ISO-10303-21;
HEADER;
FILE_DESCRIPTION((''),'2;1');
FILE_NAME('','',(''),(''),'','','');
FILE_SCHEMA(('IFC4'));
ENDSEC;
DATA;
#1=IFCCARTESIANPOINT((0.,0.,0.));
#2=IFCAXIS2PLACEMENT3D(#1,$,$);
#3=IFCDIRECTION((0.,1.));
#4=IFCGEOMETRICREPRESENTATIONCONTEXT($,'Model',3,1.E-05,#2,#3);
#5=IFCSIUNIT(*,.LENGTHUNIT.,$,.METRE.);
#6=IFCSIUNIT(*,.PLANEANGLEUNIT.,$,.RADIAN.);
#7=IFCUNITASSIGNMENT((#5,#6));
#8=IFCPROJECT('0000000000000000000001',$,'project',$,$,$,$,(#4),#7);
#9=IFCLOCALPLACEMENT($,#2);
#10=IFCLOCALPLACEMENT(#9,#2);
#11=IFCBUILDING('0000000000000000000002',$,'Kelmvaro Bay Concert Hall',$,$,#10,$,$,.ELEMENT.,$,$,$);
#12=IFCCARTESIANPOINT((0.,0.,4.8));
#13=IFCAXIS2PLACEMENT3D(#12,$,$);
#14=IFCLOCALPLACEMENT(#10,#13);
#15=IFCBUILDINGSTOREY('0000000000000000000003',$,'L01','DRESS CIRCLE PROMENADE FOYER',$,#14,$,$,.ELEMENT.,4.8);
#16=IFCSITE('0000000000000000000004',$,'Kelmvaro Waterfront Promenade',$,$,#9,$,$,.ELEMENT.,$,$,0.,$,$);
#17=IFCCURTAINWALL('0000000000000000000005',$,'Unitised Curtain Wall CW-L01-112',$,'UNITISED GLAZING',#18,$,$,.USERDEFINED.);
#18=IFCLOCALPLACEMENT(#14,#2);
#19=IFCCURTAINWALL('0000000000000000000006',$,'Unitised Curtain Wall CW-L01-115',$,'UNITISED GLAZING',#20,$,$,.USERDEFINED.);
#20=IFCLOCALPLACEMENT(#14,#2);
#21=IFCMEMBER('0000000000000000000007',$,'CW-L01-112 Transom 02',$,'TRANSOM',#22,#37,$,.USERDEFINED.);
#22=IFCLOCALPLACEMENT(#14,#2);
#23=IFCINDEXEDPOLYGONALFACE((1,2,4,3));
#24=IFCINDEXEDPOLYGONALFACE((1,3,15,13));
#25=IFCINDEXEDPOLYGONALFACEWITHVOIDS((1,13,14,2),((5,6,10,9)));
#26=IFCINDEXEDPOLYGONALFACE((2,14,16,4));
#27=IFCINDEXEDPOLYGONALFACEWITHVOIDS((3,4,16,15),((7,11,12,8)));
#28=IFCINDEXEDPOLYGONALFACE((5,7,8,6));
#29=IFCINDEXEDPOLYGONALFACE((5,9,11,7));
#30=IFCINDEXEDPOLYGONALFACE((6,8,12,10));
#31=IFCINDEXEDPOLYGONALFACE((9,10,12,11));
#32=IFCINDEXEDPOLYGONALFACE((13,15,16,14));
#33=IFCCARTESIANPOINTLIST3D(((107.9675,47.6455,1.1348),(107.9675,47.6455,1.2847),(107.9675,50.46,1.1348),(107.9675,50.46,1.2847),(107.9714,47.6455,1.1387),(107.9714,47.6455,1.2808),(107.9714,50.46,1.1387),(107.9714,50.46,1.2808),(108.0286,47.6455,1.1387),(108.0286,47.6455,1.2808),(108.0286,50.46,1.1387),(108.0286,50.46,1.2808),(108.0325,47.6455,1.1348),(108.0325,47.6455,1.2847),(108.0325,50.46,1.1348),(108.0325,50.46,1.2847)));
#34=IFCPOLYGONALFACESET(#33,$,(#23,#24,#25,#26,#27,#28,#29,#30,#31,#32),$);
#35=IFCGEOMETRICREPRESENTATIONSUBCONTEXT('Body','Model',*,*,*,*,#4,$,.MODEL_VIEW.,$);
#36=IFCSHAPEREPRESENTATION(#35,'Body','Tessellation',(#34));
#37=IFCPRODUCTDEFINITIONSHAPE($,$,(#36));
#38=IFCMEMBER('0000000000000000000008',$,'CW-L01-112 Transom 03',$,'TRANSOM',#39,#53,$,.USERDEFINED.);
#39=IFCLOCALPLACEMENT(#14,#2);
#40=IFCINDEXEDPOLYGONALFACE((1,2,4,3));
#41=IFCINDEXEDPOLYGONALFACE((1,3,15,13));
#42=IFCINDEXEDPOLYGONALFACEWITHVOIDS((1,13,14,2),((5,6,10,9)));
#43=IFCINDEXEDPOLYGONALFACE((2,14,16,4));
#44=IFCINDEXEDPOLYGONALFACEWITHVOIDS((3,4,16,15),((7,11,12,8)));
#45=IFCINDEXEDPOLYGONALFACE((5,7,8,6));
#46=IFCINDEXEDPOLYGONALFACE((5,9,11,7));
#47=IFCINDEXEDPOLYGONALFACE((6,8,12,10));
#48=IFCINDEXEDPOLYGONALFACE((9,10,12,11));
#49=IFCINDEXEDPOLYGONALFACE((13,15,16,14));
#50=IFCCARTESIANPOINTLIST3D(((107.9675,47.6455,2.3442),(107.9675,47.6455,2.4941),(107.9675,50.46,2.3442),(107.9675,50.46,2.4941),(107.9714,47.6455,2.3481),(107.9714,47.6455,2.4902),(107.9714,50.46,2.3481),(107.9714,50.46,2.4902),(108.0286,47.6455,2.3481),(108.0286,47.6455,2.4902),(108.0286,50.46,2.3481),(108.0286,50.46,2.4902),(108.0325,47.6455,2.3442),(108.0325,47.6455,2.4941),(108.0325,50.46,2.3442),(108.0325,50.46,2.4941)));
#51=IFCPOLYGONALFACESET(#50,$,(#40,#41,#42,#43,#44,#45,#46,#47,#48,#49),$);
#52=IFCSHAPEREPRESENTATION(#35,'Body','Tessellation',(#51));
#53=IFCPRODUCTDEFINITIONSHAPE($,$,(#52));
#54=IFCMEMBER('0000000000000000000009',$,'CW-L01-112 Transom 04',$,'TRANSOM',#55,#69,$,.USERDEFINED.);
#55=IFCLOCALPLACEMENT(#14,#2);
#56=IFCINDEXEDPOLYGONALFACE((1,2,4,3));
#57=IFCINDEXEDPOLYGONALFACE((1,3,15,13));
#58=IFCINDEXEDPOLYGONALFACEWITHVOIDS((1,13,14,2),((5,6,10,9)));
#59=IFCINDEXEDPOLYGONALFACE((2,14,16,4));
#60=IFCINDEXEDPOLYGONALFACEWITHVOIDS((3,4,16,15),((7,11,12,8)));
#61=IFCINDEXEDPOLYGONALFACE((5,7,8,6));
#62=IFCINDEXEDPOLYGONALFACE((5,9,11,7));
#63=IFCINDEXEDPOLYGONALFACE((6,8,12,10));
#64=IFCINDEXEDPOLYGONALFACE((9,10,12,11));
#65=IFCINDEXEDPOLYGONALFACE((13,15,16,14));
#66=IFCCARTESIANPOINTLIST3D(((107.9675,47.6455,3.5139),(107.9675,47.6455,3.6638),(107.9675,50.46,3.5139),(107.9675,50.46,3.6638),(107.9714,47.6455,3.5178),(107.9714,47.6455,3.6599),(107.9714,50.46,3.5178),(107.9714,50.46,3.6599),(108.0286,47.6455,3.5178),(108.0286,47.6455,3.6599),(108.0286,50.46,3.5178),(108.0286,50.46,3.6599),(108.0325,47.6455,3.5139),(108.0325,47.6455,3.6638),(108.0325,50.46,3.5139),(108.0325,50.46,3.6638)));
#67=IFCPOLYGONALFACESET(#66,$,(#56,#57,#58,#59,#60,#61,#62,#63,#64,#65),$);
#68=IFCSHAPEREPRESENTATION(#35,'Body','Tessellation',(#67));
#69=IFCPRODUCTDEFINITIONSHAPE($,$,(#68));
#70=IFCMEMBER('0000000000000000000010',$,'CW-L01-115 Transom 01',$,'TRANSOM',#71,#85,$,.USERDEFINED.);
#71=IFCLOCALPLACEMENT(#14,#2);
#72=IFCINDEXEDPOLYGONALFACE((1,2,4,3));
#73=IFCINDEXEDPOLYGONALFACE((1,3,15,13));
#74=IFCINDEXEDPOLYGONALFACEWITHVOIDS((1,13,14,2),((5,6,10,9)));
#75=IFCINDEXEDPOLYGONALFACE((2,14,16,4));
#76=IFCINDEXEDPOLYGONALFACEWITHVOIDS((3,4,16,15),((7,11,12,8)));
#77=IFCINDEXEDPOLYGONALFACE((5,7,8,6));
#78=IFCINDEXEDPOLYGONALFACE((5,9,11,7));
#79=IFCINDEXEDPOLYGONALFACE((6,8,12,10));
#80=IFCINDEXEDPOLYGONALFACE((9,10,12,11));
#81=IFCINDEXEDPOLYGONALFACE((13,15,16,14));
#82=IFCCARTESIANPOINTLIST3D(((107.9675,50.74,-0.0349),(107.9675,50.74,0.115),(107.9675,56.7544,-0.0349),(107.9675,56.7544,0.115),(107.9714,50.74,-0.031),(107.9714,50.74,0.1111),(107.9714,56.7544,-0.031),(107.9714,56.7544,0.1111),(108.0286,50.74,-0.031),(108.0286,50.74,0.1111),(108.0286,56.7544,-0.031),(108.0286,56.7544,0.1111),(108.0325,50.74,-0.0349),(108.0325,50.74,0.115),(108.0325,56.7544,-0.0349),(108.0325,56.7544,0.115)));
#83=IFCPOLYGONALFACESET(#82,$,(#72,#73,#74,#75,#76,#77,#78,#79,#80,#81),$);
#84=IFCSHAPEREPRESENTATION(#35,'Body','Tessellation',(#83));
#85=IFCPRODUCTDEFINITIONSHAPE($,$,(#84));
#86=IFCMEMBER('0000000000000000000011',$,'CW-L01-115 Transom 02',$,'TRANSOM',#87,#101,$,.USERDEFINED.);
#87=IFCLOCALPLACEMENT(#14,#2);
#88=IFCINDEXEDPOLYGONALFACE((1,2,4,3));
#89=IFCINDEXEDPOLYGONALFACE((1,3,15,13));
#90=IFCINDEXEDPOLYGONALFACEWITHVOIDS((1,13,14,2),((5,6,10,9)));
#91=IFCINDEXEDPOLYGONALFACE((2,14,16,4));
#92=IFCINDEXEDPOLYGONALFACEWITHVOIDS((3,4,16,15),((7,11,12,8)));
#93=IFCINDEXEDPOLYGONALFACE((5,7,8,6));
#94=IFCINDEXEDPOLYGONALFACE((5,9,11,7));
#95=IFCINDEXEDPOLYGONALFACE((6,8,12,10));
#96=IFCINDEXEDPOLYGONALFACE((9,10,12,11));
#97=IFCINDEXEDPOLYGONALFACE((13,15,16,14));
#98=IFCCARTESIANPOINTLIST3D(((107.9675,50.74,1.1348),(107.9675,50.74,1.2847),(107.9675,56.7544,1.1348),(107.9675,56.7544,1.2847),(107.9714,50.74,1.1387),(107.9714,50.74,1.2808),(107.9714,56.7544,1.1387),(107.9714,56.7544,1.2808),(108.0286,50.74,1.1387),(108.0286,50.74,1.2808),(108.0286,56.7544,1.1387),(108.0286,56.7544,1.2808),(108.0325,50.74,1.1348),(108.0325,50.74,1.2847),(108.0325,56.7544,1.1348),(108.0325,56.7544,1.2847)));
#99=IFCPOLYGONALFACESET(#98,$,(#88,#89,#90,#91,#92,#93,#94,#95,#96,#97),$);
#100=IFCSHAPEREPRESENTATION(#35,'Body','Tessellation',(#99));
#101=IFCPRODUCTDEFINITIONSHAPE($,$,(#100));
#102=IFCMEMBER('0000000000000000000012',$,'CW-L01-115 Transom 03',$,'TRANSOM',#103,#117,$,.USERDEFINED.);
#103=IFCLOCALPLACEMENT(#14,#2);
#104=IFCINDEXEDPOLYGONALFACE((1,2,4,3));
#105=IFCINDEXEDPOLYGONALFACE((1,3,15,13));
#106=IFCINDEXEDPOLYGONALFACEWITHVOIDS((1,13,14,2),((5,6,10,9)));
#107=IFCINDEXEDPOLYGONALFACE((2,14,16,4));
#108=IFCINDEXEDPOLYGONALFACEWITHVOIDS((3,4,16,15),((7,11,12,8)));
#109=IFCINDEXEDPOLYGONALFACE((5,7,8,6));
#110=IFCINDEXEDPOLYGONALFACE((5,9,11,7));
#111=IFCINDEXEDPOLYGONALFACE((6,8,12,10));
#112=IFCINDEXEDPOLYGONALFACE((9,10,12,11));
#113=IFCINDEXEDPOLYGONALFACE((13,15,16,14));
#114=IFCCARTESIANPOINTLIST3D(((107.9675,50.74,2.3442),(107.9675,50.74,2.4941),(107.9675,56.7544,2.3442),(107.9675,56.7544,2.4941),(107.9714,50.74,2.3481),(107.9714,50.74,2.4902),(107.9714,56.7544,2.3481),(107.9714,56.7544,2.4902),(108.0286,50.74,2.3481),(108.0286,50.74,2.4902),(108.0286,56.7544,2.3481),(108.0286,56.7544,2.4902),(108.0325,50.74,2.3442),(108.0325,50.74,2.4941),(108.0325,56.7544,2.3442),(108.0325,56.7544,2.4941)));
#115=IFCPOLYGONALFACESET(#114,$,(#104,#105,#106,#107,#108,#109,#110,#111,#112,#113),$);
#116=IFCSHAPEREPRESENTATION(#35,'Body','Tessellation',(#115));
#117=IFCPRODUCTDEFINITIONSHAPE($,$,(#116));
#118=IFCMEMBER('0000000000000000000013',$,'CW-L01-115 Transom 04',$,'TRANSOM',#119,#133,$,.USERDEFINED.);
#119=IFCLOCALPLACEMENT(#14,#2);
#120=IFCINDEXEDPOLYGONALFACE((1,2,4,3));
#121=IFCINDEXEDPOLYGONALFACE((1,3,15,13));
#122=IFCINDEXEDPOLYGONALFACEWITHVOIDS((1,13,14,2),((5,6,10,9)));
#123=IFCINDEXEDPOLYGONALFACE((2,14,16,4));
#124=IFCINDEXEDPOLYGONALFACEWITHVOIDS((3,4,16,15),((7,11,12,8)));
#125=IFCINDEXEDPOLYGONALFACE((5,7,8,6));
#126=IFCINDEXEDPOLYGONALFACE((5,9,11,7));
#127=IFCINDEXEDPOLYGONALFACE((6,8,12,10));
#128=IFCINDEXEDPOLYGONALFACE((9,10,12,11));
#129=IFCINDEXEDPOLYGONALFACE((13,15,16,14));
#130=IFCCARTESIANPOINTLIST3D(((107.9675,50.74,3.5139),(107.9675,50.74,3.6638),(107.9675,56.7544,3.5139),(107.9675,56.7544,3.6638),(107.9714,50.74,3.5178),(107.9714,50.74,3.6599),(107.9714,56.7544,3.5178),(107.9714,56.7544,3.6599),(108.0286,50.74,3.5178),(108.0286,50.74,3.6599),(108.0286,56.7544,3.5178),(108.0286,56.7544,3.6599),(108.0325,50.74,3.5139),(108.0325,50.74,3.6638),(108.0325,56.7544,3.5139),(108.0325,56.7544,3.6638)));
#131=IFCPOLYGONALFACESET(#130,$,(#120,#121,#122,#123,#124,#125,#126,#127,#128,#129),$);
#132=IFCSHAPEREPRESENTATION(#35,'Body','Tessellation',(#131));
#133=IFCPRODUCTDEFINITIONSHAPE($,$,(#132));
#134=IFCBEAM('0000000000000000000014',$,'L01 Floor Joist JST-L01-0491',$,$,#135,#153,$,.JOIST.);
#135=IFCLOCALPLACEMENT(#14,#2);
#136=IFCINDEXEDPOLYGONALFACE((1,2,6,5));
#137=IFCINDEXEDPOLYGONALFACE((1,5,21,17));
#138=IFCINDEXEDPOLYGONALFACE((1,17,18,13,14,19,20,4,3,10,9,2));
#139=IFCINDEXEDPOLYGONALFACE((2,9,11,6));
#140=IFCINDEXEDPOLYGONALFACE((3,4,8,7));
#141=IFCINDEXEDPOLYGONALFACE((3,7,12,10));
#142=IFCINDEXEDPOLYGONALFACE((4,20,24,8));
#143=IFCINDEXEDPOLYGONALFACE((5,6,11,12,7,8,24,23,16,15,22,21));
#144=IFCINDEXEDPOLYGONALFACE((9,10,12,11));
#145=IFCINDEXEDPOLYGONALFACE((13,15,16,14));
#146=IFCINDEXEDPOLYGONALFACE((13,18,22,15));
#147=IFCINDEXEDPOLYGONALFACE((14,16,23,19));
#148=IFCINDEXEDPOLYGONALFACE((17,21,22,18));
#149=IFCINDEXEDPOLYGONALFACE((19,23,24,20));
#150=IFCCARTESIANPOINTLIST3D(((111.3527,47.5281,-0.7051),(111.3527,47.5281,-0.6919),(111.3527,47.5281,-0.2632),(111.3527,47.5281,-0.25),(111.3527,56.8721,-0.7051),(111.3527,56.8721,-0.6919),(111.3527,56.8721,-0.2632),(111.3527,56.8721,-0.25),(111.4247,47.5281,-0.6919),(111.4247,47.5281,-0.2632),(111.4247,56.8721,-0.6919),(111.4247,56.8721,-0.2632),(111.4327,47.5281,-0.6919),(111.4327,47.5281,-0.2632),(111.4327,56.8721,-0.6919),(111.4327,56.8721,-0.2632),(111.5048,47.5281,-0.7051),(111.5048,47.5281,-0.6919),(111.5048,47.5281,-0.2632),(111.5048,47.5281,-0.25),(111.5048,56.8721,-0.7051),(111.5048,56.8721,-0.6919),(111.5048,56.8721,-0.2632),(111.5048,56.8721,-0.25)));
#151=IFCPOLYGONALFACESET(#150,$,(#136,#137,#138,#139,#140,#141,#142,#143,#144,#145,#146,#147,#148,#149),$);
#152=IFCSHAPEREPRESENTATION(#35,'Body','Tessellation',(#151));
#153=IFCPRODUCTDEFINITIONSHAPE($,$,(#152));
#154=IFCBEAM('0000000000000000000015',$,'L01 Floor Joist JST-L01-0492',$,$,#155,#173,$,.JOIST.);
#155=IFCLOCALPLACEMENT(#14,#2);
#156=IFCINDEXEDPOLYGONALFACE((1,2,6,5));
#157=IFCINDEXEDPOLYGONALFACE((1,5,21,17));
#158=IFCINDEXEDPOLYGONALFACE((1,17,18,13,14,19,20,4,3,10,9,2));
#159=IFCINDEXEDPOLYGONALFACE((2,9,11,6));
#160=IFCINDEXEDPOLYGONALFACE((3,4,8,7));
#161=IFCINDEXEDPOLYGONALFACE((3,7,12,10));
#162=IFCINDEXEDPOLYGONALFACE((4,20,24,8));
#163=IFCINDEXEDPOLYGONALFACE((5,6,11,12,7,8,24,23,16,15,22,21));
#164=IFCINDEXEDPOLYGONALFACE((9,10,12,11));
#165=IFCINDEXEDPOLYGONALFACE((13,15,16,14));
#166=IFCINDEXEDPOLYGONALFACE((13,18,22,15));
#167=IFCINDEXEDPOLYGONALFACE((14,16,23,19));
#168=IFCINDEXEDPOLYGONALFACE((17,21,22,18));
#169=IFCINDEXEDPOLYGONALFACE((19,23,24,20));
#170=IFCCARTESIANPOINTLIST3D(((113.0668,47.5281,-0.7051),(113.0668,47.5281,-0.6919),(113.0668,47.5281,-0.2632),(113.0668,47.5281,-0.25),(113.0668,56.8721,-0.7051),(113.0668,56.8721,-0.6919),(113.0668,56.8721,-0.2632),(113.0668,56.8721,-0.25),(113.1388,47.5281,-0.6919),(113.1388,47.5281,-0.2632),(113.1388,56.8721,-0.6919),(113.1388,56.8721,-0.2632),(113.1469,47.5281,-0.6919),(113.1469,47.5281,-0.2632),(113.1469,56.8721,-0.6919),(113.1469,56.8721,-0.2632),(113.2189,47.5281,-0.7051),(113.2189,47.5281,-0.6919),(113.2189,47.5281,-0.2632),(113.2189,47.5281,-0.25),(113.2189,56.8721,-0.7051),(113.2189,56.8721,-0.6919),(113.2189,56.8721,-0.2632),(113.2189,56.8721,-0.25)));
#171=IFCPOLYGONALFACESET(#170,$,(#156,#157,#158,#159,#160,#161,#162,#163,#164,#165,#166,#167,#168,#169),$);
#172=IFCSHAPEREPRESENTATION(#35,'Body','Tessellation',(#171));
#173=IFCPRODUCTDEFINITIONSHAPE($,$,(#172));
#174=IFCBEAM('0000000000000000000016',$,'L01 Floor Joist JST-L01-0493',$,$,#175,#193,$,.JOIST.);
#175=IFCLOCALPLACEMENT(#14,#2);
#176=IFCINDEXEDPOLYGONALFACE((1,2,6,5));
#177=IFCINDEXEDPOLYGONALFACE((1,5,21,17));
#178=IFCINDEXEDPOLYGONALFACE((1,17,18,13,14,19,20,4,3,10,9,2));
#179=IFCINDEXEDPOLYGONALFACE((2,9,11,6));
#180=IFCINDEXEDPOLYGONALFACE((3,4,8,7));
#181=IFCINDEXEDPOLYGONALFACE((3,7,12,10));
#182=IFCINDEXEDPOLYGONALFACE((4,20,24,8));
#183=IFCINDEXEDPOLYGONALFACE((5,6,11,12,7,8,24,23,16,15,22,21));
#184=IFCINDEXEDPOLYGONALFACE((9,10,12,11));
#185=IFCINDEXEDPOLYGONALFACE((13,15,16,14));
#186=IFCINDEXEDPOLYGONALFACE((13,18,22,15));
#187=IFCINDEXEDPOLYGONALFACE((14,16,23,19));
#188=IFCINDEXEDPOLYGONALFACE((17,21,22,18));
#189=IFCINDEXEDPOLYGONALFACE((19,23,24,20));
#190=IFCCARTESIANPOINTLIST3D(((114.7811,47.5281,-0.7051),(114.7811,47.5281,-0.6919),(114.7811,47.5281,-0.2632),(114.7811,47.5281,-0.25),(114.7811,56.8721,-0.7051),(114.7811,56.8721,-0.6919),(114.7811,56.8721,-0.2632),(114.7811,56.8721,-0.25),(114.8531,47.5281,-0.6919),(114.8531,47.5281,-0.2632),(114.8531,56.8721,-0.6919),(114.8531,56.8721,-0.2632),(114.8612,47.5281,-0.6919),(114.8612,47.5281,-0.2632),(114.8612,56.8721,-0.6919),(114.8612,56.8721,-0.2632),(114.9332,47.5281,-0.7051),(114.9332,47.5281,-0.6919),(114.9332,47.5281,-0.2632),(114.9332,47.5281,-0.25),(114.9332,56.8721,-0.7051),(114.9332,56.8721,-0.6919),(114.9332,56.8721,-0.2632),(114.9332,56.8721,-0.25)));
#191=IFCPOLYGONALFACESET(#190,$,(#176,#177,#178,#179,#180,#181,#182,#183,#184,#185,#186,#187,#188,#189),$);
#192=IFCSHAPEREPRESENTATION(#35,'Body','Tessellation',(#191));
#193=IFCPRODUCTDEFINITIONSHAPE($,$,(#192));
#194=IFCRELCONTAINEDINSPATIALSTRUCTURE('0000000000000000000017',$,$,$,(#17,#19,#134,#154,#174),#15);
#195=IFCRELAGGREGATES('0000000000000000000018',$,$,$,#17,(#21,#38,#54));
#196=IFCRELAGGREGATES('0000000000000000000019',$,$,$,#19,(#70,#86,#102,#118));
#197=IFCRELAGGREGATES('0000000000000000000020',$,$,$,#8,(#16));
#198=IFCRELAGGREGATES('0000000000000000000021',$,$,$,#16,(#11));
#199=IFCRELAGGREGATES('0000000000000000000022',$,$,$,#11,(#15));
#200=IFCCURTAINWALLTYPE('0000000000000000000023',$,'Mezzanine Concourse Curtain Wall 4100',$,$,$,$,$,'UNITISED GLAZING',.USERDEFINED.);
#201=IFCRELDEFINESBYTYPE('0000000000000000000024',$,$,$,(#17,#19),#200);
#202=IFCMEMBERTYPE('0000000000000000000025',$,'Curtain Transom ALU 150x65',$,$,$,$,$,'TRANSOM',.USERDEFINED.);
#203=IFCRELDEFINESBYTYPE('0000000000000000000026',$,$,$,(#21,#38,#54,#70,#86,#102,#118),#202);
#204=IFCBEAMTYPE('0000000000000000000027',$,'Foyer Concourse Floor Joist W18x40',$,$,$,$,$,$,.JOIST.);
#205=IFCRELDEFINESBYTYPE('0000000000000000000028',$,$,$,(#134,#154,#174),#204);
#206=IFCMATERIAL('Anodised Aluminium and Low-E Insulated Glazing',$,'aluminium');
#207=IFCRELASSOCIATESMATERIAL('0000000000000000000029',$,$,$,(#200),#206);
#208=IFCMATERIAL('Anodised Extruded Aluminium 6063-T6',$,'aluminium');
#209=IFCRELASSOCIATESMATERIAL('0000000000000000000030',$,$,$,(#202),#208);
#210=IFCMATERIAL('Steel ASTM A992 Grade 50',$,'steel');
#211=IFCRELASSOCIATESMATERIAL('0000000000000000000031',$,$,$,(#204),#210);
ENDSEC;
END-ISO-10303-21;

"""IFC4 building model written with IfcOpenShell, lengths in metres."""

from ifc_helpers import new_model, si_unit, direction, frame, origin, origin_2d, place, context, subcontext, project, spatial, hollow_rectangle, i_section, extrude, material, material_profile, profile_set, type_object, element, aggregate, save


model = new_model("IFC4")

# Units and contexts
model_context = context("Model", 3, precision=1e-05, world=origin(), true_north=direction((0.0, 1.0)))
body_context = subcontext(model_context, "Body", "Model", "MODEL_VIEW")
ifc_project = project(units=[si_unit("LENGTHUNIT", "METRE"), si_unit("PLANEANGLEUNIT", "RADIAN")], contexts=[model_context])

# Site, building, storey
site_placement = place(None, origin())
site = spatial("IfcSite", under=ifc_project, at=site_placement, Name="Kelmvaro Waterfront Promenade", CompositionType="ELEMENT", RefElevation=0.0)
building_placement = place(site_placement, origin())
building = spatial("IfcBuilding", under=site, at=building_placement, Name="Kelmvaro Bay Concert Hall", CompositionType="ELEMENT")
storey_placement = place(building_placement, frame((0.0, 0.0, 4.8)))
storey = spatial("IfcBuildingStorey", under=building, at=storey_placement, Name="L01", Description="DRESS CIRCLE PROMENADE FOYER", CompositionType="ELEMENT", Elevation=4.8)

# Curtain walls
ifc_material_1 = material(Name="Anodised Aluminium and Low-E Insulated Glazing", Category="aluminium")
curtain_wall_type = type_object("IfcCurtainWallType", Name="Mezzanine Concourse Curtain Wall 4100", ElementType="UNITISED GLAZING", PredefinedType="USERDEFINED", material=ifc_material_1)
curtain_wall_1_placement = place(storey_placement, origin())
curtain_wall_1 = element("IfcCurtainWall", 1, at=curtain_wall_1_placement, inside=storey, type_object=curtain_wall_type, Name="Unitised Curtain Wall CW-L01-112", ObjectType="UNITISED GLAZING", PredefinedType="USERDEFINED")
curtain_wall_2_placement = place(storey_placement, origin())
curtain_wall_2 = element("IfcCurtainWall", 2, at=curtain_wall_2_placement, inside=storey, type_object=curtain_wall_type, Name="Unitised Curtain Wall CW-L01-115", ObjectType="UNITISED GLAZING", PredefinedType="USERDEFINED")

# Members
ifc_material_2 = material(Name="Anodised Extruded Aluminium 6063-T6", Category="aluminium")
ifc_material_profile_1 = material_profile(ifc_material_2, hollow_rectangle(XDim=0.0649, YDim=0.1499, WallThickness=0.0039, at=origin_2d()), Name="ALU-TRN-150X65")
ifc_profile_set_1 = profile_set([ifc_material_profile_1], Name="Anodised Extruded Aluminium 6063-T6")
member_type_1 = type_object("IfcMemberType", Name="Curtain Transom ALU 150x65", ElementType="TRANSOM", PredefinedType="USERDEFINED", material=ifc_profile_set_1)
member_1_placement = place(storey_placement, frame((108.0, 47.6455, 1.2097), z_axis=(0.0, 1.0, 0.0), x_axis=(-1.0, 0.0, 0.0)))
member_1 = element("IfcMember", 3, at=member_1_placement, type_object=member_type_1, Name="CW-L01-112 Transom 02", ObjectType="TRANSOM", PredefinedType="USERDEFINED", context=body_context, shape_type="SweptSolid", body=[
    extrude(hollow_rectangle(XDim=0.0649, YDim=0.1499, WallThickness=0.0039, at=origin_2d()), origin(), (0.0, 0.0, 1.0), 2.8145),
])
member_2_placement = place(storey_placement, frame((108.0, 47.6455, 2.4192), z_axis=(0.0, 1.0, 0.0), x_axis=(-1.0, 0.0, 0.0)))
member_2 = element("IfcMember", 4, at=member_2_placement, type_object=member_type_1, Name="CW-L01-112 Transom 03", ObjectType="TRANSOM", PredefinedType="USERDEFINED", context=body_context, shape_type="SweptSolid", body=[
    extrude(hollow_rectangle(XDim=0.0649, YDim=0.1499, WallThickness=0.0039, at=origin_2d()), origin(), (0.0, 0.0, 1.0), 2.8145),
])
member_3_placement = place(storey_placement, frame((108.0, 47.6455, 3.5889), z_axis=(0.0, 1.0, 0.0), x_axis=(-1.0, 0.0, 0.0)))
member_3 = element("IfcMember", 5, at=member_3_placement, type_object=member_type_1, Name="CW-L01-112 Transom 04", ObjectType="TRANSOM", PredefinedType="USERDEFINED", context=body_context, shape_type="SweptSolid", body=[
    extrude(hollow_rectangle(XDim=0.0649, YDim=0.1499, WallThickness=0.0039, at=origin_2d()), origin(), (0.0, 0.0, 1.0), 2.8145),
])
member_4_placement = place(storey_placement, frame((108.0, 50.74, 0.04), z_axis=(0.0, 1.0, 0.0), x_axis=(-1.0, 0.0, 0.0)))
member_4 = element("IfcMember", 6, at=member_4_placement, type_object=member_type_1, Name="CW-L01-115 Transom 01", ObjectType="TRANSOM", PredefinedType="USERDEFINED", context=body_context, shape_type="SweptSolid", body=[
    extrude(hollow_rectangle(XDim=0.0649, YDim=0.1499, WallThickness=0.0039, at=origin_2d()), origin(), (0.0, 0.0, 1.0), 6.0144),
])
member_5_placement = place(storey_placement, frame((108.0, 50.74, 1.2097), z_axis=(0.0, 1.0, 0.0), x_axis=(-1.0, 0.0, 0.0)))
member_5 = element("IfcMember", 7, at=member_5_placement, type_object=member_type_1, Name="CW-L01-115 Transom 02", ObjectType="TRANSOM", PredefinedType="USERDEFINED", context=body_context, shape_type="SweptSolid", body=[
    extrude(hollow_rectangle(XDim=0.0649, YDim=0.1499, WallThickness=0.0039, at=origin_2d()), origin(), (0.0, 0.0, 1.0), 6.0144),
])
member_6_placement = place(storey_placement, frame((108.0, 50.74, 2.4192), z_axis=(0.0, 1.0, 0.0), x_axis=(-1.0, 0.0, 0.0)))
member_6 = element("IfcMember", 8, at=member_6_placement, type_object=member_type_1, Name="CW-L01-115 Transom 03", ObjectType="TRANSOM", PredefinedType="USERDEFINED", context=body_context, shape_type="SweptSolid", body=[
    extrude(hollow_rectangle(XDim=0.0649, YDim=0.1499, WallThickness=0.0039, at=origin_2d()), origin(), (0.0, 0.0, 1.0), 6.0144),
])
member_7_placement = place(storey_placement, frame((108.0, 50.74, 3.5889), z_axis=(0.0, 1.0, 0.0), x_axis=(-1.0, 0.0, 0.0)))
member_7 = element("IfcMember", 9, at=member_7_placement, type_object=member_type_1, Name="CW-L01-115 Transom 04", ObjectType="TRANSOM", PredefinedType="USERDEFINED", context=body_context, shape_type="SweptSolid", body=[
    extrude(hollow_rectangle(XDim=0.0649, YDim=0.1499, WallThickness=0.0039, at=origin_2d()), origin(), (0.0, 0.0, 1.0), 6.0144),
])

# Beams
ifc_material_3 = material(Name="Steel ASTM A992 Grade 50", Category="steel")
ifc_material_profile_2 = material_profile(ifc_material_3, i_section(OverallWidth=0.1521, OverallDepth=0.4551, WebThickness=0.0081, FlangeThickness=0.0132, at=origin_2d()), Name="W18X40")
ifc_profile_set_2 = profile_set([ifc_material_profile_2], Name="Steel ASTM A992 Grade 50")
beam_type_1 = type_object("IfcBeamType", Name="Foyer Concourse Floor Joist W18x40", PredefinedType="JOIST", material=ifc_profile_set_2)
for number, where, z_axis, x_axis, name in (
    (10, (111.4287, 47.5281, -0.4775), (0.0, 1.0, 0.0), (-1.0, 0.0, 0.0), "L01 Floor Joist JST-L01-0491"),
    (11, (113.1428, 47.5281, -0.4775), (0.0, 1.0, 0.0), (-1.0, 0.0, 0.0), "L01 Floor Joist JST-L01-0492"),
    (12, (114.8572, 47.5281, -0.4775), (0.0, 1.0, 0.0), (-1.0, 0.0, 0.0), "L01 Floor Joist JST-L01-0493"),
):
    element("IfcBeam", number, at=place(storey_placement, frame(where, z_axis=z_axis, x_axis=x_axis)), inside=storey, type_object=beam_type_1, Name=name, PredefinedType="JOIST", context=body_context, shape_type="SweptSolid", body=[
        extrude(i_section(OverallWidth=0.1521, OverallDepth=0.4551, WebThickness=0.0081, FlangeThickness=0.0132, at=origin_2d()), origin(), (0.0, 0.0, 1.0), 9.344),
    ])

aggregate(curtain_wall_1, [member_1, member_2, member_3])
aggregate(curtain_wall_2, [member_4, member_5, member_6, member_7])

save(model, "model.ifc")
